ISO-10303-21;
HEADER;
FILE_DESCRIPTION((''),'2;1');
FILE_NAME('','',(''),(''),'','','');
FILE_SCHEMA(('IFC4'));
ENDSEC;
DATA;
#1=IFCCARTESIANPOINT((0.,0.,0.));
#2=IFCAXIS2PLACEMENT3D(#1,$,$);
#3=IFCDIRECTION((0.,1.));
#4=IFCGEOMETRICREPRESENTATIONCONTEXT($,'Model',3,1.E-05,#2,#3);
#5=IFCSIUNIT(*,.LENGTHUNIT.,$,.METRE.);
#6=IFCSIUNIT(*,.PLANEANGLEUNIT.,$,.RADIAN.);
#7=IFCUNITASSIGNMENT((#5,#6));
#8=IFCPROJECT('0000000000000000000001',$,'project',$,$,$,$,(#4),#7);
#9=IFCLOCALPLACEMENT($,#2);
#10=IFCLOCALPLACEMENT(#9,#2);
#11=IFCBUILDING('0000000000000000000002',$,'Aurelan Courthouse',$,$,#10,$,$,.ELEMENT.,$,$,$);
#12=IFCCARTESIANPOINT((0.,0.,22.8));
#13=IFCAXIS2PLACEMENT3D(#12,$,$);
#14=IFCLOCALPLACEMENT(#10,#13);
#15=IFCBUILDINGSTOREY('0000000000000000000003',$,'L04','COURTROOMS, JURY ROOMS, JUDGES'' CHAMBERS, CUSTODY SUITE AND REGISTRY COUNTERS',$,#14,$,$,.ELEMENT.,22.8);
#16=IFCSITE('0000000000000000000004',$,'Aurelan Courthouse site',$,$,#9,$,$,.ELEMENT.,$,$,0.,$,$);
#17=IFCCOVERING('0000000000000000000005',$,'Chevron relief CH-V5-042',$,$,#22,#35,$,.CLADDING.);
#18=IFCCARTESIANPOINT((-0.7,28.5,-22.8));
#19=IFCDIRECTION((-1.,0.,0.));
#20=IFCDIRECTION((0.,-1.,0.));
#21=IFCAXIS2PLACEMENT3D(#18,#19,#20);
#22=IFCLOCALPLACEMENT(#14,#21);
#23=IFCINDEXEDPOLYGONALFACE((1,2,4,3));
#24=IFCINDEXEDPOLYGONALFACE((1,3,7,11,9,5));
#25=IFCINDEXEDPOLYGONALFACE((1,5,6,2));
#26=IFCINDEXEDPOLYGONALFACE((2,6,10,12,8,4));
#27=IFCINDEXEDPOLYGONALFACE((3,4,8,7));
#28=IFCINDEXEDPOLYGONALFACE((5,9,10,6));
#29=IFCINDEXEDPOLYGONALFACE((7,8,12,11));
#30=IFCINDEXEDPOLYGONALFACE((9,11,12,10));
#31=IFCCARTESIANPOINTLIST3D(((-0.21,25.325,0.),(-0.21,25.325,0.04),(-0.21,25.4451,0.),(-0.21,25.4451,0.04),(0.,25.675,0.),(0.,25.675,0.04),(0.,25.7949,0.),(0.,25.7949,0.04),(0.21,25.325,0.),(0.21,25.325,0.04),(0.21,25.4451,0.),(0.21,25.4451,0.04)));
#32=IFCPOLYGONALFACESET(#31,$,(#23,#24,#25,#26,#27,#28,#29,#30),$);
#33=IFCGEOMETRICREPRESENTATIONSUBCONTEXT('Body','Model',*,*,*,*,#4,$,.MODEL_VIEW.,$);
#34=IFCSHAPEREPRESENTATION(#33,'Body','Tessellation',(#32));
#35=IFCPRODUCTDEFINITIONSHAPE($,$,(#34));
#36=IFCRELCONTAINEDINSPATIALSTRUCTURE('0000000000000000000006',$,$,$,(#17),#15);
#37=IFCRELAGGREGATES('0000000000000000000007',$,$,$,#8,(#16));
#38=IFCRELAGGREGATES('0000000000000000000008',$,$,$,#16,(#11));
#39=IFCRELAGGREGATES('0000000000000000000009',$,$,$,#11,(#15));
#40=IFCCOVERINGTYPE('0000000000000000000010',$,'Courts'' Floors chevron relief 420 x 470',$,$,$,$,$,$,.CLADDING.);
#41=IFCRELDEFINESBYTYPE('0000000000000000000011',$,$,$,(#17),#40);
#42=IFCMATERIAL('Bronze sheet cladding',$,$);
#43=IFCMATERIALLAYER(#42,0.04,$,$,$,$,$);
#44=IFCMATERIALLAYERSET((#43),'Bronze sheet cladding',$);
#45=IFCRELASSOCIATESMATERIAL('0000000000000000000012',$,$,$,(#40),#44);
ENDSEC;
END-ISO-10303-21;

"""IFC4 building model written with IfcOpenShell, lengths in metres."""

from ifc_helpers import new_model, si_unit, direction, frame, origin, place, context, subcontext, project, spatial, polyline, outline, extrude, material, layer, layer_set, type_object, element, save


model = new_model("IFC4")

# Units and contexts
model_context = context("Model", 3, precision=1e-05, world=origin(), true_north=direction((0.0, 1.0)))
body_context = subcontext(model_context, "Body", "Model", "MODEL_VIEW")
ifc_project = project(units=[si_unit("LENGTHUNIT", "METRE"), si_unit("PLANEANGLEUNIT", "RADIAN")], contexts=[model_context])

# Site, building, storey
site_placement = place(None, origin())
site = spatial("IfcSite", under=ifc_project, at=site_placement, Name="Aurelan Courthouse site", CompositionType="ELEMENT", RefElevation=0.0)
building_placement = place(site_placement, origin())
building = spatial("IfcBuilding", under=site, at=building_placement, Name="Aurelan Courthouse", CompositionType="ELEMENT")
storey_placement = place(building_placement, frame((0.0, 0.0, 22.8)))
storey = spatial("IfcBuildingStorey", under=building, at=storey_placement, Name="L04", Description="COURTROOMS, JURY ROOMS, JUDGES' CHAMBERS, CUSTODY SUITE AND REGISTRY COUNTERS", CompositionType="ELEMENT", Elevation=22.8)

# Covering
ifc_material_1 = material(Name="Bronze sheet cladding")
ifc_layer_1 = layer(ifc_material_1, 0.04)
ifc_layer_set_1 = layer_set([ifc_layer_1], Name="Bronze sheet cladding")
covering_type_1 = type_object("IfcCoveringType", Name="Courts' Floors chevron relief 420 x 470", PredefinedType="CLADDING", material=ifc_layer_set_1)
covering_1_placement = place(storey_placement, frame((-0.7, 28.5, -22.8), z_axis=(-1.0, 0.0, 0.0), x_axis=(0.0, -1.0, 0.0)))
element("IfcCovering", 1, at=covering_1_placement, inside=storey, type_object=covering_type_1, Name="Chevron relief CH-V5-042", PredefinedType="CLADDING", context=body_context, shape_type="SweptSolid", body=[
    extrude(outline(polyline([(-0.21, 25.325), (0.0, 25.675), (0.21, 25.325), (0.21, 25.4451), (0.0, 25.7949), (-0.21, 25.4451), (-0.21, 25.325)])), origin(), (0.0, 0.0, 1.0), 0.04),
])

save(model, "model.ifc")
